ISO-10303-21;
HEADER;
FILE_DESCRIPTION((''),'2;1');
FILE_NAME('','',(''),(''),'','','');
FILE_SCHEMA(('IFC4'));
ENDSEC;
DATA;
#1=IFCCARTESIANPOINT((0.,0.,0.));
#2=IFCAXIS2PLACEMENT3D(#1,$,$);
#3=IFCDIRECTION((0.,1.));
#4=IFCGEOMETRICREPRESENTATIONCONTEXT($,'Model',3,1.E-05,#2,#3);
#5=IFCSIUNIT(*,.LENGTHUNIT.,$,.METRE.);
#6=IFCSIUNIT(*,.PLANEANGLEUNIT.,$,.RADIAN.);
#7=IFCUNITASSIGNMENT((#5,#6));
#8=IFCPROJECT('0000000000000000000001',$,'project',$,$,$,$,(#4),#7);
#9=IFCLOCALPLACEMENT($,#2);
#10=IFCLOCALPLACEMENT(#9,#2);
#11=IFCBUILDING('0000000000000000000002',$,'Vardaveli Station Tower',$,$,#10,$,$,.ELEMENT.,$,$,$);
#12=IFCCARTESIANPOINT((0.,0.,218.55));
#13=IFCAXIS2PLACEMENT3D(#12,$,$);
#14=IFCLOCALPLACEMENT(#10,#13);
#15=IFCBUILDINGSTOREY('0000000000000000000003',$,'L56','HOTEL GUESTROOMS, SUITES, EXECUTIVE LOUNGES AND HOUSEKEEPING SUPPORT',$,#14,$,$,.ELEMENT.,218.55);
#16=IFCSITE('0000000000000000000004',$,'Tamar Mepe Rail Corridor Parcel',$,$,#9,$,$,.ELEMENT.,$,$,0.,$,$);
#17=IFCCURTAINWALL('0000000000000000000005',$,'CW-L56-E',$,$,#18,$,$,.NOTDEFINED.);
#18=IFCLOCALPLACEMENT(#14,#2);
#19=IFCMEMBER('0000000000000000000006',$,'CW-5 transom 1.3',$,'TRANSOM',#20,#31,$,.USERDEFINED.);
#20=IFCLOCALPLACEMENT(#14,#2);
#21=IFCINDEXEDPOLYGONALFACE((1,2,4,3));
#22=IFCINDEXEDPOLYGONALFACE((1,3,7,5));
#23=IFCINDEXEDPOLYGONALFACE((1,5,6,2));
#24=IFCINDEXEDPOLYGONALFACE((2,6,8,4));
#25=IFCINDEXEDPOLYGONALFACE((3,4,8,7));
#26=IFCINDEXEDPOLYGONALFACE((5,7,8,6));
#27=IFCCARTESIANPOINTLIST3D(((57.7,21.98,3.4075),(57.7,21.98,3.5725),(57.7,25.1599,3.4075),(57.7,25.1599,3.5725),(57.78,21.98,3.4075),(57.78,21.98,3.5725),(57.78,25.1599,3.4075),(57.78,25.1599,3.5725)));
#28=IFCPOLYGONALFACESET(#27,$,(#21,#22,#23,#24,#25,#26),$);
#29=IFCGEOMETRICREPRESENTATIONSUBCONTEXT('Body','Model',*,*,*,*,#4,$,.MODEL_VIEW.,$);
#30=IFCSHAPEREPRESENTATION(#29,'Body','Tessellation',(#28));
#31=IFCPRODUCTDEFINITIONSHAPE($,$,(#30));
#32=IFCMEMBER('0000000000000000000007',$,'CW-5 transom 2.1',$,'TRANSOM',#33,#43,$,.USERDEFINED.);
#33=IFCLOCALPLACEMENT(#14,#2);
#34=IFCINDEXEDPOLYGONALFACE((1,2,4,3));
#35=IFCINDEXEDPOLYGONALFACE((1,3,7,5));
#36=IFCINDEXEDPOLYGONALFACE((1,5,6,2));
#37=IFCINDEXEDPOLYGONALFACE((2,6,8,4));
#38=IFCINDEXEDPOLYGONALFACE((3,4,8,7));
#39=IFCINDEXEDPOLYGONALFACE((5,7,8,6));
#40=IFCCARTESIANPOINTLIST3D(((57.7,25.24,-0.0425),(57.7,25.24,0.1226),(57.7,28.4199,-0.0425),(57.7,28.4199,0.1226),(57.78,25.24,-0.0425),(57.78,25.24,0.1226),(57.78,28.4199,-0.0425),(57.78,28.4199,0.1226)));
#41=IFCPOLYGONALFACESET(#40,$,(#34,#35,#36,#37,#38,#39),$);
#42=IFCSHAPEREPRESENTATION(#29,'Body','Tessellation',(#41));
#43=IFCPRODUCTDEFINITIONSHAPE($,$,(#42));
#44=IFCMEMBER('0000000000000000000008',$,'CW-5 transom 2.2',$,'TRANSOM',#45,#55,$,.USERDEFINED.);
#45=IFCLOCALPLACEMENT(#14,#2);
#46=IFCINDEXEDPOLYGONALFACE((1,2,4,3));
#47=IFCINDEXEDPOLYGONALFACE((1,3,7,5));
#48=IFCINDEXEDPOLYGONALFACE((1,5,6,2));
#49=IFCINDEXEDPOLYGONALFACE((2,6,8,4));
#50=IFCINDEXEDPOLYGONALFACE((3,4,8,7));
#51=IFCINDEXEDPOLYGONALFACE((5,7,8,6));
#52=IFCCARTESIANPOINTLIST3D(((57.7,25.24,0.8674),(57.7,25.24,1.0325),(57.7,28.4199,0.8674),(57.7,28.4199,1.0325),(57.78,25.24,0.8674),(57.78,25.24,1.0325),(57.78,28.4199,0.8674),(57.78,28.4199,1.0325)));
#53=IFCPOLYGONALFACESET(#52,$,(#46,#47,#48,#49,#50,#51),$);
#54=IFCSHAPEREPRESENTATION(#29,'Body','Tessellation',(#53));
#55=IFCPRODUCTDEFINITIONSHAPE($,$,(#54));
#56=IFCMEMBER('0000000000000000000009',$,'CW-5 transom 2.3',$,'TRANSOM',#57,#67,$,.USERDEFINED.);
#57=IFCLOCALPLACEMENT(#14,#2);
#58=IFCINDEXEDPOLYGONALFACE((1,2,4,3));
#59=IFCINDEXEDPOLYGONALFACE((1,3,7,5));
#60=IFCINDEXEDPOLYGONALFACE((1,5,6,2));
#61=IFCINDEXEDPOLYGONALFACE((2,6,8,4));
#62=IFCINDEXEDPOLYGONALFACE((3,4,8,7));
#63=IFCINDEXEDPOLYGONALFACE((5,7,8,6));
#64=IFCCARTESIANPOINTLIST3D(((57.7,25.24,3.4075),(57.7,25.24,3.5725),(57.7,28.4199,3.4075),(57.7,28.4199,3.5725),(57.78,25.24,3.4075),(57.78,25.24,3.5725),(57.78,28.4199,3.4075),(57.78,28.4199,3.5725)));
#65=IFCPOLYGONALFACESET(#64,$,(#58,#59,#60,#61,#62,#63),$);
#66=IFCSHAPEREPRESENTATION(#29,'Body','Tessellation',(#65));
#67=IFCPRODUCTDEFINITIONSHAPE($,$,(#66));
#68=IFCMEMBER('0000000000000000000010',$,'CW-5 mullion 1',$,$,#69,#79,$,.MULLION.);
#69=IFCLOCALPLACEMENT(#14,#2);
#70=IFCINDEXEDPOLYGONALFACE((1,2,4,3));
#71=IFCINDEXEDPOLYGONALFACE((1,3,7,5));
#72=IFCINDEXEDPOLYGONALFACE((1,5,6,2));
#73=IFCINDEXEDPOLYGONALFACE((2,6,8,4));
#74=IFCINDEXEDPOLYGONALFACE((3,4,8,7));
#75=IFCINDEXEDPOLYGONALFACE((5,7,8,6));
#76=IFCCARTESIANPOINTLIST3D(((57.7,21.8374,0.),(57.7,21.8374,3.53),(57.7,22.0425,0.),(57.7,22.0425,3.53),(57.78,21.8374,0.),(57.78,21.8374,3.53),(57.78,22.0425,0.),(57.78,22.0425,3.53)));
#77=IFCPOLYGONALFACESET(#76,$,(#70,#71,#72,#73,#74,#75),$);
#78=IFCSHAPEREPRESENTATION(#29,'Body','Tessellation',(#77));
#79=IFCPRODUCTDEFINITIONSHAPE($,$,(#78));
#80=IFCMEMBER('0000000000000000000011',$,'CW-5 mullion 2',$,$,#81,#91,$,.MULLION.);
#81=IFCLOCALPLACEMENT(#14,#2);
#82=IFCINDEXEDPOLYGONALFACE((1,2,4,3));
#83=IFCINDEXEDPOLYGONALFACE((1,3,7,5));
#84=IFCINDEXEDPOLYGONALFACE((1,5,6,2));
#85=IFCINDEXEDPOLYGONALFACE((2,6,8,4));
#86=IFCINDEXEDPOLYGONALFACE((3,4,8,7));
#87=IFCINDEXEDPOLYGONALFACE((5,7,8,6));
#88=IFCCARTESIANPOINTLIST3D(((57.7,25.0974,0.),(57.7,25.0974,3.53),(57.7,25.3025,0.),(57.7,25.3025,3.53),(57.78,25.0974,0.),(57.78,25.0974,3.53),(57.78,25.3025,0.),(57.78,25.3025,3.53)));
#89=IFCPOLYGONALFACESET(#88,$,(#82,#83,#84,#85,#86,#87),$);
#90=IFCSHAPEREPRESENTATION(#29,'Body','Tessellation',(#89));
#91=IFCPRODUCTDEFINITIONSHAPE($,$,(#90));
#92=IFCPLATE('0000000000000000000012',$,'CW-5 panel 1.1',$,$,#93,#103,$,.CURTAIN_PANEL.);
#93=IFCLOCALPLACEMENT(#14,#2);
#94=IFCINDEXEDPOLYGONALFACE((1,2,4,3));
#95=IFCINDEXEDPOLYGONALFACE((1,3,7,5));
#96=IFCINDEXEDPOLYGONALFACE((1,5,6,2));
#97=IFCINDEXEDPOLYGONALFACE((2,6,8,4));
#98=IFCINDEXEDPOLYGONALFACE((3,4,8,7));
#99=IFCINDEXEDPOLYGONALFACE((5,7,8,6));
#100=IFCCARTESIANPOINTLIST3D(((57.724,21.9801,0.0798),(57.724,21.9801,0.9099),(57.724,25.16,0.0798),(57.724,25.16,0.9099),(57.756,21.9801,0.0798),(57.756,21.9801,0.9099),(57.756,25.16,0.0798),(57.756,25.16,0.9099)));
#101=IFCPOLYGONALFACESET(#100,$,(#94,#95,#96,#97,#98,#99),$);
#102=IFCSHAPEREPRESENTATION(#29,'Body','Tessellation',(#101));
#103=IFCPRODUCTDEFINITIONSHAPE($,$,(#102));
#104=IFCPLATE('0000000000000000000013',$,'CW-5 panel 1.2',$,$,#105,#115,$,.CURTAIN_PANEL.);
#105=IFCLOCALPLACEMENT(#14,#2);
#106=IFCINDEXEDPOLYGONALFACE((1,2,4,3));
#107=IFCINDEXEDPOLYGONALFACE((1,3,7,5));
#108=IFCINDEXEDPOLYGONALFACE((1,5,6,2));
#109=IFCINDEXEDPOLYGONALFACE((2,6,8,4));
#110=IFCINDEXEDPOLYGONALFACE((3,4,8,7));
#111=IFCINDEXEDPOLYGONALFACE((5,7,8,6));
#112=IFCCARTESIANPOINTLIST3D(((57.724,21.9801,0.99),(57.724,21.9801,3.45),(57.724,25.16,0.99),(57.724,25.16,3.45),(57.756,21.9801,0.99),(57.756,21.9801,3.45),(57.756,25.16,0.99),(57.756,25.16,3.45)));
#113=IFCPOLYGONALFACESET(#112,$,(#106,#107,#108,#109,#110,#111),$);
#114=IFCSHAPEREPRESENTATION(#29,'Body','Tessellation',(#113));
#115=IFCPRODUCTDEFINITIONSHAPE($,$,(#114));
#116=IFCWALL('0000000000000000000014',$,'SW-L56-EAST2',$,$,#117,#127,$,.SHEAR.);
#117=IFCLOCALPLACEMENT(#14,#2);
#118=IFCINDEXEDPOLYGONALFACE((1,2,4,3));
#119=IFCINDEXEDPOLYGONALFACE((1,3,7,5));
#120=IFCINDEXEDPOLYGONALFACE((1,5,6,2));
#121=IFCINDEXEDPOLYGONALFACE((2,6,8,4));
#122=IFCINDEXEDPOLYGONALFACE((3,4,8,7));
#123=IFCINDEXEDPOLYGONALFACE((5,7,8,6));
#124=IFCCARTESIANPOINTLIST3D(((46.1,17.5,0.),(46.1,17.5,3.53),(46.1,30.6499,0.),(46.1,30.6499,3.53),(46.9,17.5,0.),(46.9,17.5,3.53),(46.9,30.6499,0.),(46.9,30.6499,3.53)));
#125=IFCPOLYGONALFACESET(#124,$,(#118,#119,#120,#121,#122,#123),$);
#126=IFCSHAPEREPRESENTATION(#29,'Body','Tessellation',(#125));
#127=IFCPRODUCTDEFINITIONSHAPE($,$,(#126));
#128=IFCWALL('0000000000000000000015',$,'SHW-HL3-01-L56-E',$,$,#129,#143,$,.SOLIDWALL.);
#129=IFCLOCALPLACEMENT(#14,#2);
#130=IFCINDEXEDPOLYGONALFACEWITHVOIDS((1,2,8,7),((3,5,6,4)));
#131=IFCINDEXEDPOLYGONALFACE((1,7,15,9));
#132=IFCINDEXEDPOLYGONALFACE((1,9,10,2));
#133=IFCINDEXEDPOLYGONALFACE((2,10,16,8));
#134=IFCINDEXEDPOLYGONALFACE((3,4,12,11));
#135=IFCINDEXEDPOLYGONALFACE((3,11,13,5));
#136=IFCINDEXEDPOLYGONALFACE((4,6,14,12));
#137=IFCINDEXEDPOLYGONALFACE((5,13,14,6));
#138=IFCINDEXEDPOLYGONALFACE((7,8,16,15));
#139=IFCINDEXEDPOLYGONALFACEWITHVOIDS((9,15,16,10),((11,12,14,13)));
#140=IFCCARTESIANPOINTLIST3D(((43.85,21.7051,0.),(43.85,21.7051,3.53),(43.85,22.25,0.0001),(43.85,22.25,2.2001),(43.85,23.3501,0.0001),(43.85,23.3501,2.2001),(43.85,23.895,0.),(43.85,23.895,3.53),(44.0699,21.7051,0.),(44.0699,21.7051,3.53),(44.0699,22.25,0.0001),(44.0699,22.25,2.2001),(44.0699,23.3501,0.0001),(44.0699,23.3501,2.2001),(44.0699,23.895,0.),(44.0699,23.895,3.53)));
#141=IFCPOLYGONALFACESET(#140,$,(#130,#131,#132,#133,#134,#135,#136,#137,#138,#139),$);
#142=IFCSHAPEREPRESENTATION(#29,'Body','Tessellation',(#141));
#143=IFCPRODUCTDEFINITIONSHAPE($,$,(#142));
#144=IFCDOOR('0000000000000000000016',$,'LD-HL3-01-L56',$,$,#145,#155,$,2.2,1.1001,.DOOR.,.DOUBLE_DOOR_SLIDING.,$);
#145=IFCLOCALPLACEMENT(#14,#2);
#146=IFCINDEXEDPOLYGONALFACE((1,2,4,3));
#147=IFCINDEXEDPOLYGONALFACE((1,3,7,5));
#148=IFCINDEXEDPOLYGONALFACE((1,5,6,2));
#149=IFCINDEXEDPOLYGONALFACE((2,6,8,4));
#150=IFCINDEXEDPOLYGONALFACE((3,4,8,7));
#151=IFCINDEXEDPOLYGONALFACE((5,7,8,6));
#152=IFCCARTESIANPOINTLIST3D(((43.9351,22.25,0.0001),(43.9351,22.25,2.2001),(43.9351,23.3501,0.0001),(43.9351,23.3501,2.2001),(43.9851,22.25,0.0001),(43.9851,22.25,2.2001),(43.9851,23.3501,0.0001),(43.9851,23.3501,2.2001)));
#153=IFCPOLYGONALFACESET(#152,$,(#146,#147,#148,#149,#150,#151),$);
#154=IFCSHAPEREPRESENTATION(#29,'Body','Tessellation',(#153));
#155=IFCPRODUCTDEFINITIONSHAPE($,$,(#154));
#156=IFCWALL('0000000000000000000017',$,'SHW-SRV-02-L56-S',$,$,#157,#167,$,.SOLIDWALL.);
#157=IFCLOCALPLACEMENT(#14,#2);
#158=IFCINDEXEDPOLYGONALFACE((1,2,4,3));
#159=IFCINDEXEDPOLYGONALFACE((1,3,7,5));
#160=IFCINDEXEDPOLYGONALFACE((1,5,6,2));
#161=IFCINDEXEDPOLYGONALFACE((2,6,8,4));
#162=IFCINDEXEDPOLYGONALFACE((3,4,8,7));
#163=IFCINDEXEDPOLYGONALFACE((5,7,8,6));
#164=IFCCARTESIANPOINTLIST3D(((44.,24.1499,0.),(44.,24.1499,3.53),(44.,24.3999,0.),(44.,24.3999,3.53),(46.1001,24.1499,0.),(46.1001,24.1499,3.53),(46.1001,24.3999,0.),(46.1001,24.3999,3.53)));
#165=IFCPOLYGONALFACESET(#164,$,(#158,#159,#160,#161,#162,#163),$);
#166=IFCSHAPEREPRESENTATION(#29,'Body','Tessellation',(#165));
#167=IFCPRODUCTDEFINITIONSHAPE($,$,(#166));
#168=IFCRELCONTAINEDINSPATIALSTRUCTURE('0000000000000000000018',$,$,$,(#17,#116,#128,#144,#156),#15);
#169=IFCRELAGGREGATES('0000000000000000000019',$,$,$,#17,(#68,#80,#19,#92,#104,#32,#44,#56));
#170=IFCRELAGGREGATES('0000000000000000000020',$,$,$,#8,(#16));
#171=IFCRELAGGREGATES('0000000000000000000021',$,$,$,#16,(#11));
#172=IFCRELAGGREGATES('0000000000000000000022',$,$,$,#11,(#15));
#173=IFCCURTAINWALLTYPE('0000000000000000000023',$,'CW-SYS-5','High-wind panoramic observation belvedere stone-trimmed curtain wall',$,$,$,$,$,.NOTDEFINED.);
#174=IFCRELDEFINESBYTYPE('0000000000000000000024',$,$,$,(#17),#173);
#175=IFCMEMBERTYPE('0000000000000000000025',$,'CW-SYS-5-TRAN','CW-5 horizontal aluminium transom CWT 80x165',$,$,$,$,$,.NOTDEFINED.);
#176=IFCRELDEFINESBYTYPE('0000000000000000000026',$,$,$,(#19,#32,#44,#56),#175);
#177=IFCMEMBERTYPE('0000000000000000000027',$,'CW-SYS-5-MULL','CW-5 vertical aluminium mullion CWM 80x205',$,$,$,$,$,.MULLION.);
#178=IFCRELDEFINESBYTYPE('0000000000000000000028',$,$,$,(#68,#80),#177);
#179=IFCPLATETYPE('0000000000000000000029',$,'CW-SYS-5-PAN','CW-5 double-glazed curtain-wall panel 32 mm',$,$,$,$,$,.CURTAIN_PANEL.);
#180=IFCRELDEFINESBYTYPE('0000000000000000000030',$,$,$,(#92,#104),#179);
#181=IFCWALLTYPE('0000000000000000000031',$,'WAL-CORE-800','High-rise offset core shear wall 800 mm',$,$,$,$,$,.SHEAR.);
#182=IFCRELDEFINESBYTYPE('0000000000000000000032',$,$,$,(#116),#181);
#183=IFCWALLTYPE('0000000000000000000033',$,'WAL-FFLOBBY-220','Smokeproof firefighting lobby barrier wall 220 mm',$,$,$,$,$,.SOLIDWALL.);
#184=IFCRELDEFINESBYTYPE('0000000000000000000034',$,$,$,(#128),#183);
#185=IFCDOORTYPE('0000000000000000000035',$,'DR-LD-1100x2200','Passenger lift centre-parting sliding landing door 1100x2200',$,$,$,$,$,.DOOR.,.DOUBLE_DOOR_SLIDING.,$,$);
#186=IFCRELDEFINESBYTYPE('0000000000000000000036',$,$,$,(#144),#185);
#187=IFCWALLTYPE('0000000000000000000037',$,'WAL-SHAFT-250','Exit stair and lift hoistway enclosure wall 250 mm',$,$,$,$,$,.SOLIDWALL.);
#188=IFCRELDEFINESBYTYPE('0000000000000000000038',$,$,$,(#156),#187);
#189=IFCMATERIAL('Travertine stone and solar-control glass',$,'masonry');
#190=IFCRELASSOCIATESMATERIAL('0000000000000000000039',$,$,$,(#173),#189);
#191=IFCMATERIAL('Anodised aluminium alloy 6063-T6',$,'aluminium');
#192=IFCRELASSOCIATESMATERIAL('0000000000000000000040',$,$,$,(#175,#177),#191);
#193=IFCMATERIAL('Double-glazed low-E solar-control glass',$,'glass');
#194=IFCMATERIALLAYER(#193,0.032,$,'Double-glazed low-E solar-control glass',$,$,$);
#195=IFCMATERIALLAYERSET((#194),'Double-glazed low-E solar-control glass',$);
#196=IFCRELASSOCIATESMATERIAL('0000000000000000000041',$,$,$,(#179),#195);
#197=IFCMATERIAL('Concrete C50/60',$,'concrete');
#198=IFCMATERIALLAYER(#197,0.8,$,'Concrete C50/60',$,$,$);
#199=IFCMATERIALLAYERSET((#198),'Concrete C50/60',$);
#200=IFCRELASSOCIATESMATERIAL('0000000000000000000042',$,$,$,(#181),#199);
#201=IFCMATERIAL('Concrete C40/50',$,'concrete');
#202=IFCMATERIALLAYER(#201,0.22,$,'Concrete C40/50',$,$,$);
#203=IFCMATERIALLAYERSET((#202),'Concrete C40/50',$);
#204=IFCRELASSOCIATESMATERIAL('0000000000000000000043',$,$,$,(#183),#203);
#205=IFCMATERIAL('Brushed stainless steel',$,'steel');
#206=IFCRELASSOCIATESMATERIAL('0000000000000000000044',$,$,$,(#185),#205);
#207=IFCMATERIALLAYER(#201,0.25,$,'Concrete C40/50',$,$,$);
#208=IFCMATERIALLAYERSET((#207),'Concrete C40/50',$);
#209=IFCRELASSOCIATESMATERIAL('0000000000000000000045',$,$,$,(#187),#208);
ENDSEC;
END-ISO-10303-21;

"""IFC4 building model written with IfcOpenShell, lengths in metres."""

from ifc_helpers import new_model, si_unit, direction, frame, frame_2d, origin, origin_2d, place, context, subcontext, project, spatial, rectangle, extrude, source, transform, mapped, material, layer, layer_set, material_profile, profile_set, type_object, element, fill, aggregate, save


model = new_model("IFC4")

# Units and contexts
model_context = context("Model", 3, precision=1e-05, world=origin(), true_north=direction((0.0, 1.0)))
body_context = subcontext(model_context, "Body", "Model", "MODEL_VIEW")
ifc_project = project(units=[si_unit("LENGTHUNIT", "METRE"), si_unit("PLANEANGLEUNIT", "RADIAN")], contexts=[model_context])

# Site, building, storey
site_placement = place(None, origin())
site = spatial("IfcSite", under=ifc_project, at=site_placement, Name="Tamar Mepe Rail Corridor Parcel", CompositionType="ELEMENT", RefElevation=0.0)
building_placement = place(site_placement, origin())
building = spatial("IfcBuilding", under=site, at=building_placement, Name="Vardaveli Station Tower", CompositionType="ELEMENT")
storey_placement = place(building_placement, frame((0.0, 0.0, 218.55)))
storey = spatial("IfcBuildingStorey", under=building, at=storey_placement, Name="L56", Description="HOTEL GUESTROOMS, SUITES, EXECUTIVE LOUNGES AND HOUSEKEEPING SUPPORT", CompositionType="ELEMENT", Elevation=218.55)

# Curtain wall, members, plates
ifc_material_1 = material(Name="Travertine stone and solar-control glass", Category="masonry")
curtain_wall_type = type_object("IfcCurtainWallType", Name="CW-SYS-5", Description="High-wind panoramic observation belvedere stone-trimmed curtain wall", PredefinedType="NOTDEFINED", material=ifc_material_1)
curtain_wall_placement = place(storey_placement, origin())
curtain_wall = element("IfcCurtainWall", 1, at=curtain_wall_placement, inside=storey, type_object=curtain_wall_type, Name="CW-L56-E", PredefinedType="NOTDEFINED")
ifc_material_2 = material(Name="Anodised aluminium alloy 6063-T6", Category="aluminium")
ifc_material_profile_1 = material_profile(ifc_material_2, rectangle(XDim=0.0801, YDim=0.165, at=origin_2d()), Name="CWT 80x165")
ifc_profile_set_1 = profile_set([ifc_material_profile_1], Name="Anodised aluminium alloy 6063-T6")
member_type_1 = type_object("IfcMemberType", Name="CW-SYS-5-TRAN", Description="CW-5 horizontal aluminium transom CWT 80x165", PredefinedType="NOTDEFINED", material=ifc_profile_set_1)
shared_shape_1 = source(origin(), body_context, "Body", "SweptSolid", [
    extrude(rectangle(XDim=0.0801, YDim=0.165, at=origin_2d()), origin(), (0.0, 0.0, 1.0), 3.1799),
])
member_1_placement = place(storey_placement, frame((57.74, 21.98, 3.49), z_axis=(0.0, 1.0, 0.0), x_axis=(-1.0, 0.0, 0.0)))
member_1 = element("IfcMember", 2, at=member_1_placement, type_object=member_type_1, Name="CW-5 transom 1.3", ObjectType="TRANSOM", PredefinedType="USERDEFINED", context=body_context, shape_type="MappedRepresentation", body=[
    mapped(shared_shape_1, transform((0.0, 0.0, 0.0), scale=1.0)),
])
member_2_placement = place(storey_placement, frame((57.74, 25.24, 0.04), z_axis=(0.0, 1.0, 0.0), x_axis=(-1.0, 0.0, 0.0)))
member_2 = element("IfcMember", 3, at=member_2_placement, type_object=member_type_1, Name="CW-5 transom 2.1", ObjectType="TRANSOM", PredefinedType="USERDEFINED", context=body_context, shape_type="MappedRepresentation", body=[
    mapped(shared_shape_1, transform((0.0, 0.0, 0.0), scale=1.0)),
])
member_3_placement = place(storey_placement, frame((57.74, 25.24, 0.95), z_axis=(0.0, 1.0, 0.0), x_axis=(-1.0, 0.0, 0.0)))
member_3 = element("IfcMember", 4, at=member_3_placement, type_object=member_type_1, Name="CW-5 transom 2.2", ObjectType="TRANSOM", PredefinedType="USERDEFINED", context=body_context, shape_type="MappedRepresentation", body=[
    mapped(shared_shape_1, transform((0.0, 0.0, 0.0), scale=1.0)),
])
member_4_placement = place(storey_placement, frame((57.74, 25.24, 3.49), z_axis=(0.0, 1.0, 0.0), x_axis=(-1.0, 0.0, 0.0)))
member_4 = element("IfcMember", 5, at=member_4_placement, type_object=member_type_1, Name="CW-5 transom 2.3", ObjectType="TRANSOM", PredefinedType="USERDEFINED", context=body_context, shape_type="MappedRepresentation", body=[
    mapped(shared_shape_1, transform((0.0, 0.0, 0.0), scale=1.0)),
])
ifc_material_profile_2 = material_profile(ifc_material_2, rectangle(XDim=0.0801, YDim=0.2051, at=origin_2d()), Name="CWM 80x205")
ifc_profile_set_2 = profile_set([ifc_material_profile_2], Name="Anodised aluminium alloy 6063-T6")
member_type_2 = type_object("IfcMemberType", Name="CW-SYS-5-MULL", Description="CW-5 vertical aluminium mullion CWM 80x205", PredefinedType="MULLION", material=ifc_profile_set_2)
shared_shape_2 = source(origin(), body_context, "Body", "SweptSolid", [
    extrude(rectangle(XDim=0.0801, YDim=0.2051, at=origin_2d()), origin(), (0.0, 0.0, 1.0), 3.53),
])
member_5_placement = place(storey_placement, frame((57.74, 21.9399, 0.0), z_axis=(0.0, 0.0, 1.0), x_axis=(-1.0, 0.0, 0.0)))
member_5 = element("IfcMember", 6, at=member_5_placement, type_object=member_type_2, Name="CW-5 mullion 1", PredefinedType="MULLION", context=body_context, shape_type="MappedRepresentation", body=[
    mapped(shared_shape_2, transform((0.0, 0.0, 0.0), scale=1.0)),
])
member_6_placement = place(storey_placement, frame((57.74, 25.2, 0.0), z_axis=(0.0, 0.0, 1.0), x_axis=(-1.0, 0.0, 0.0)))
member_6 = element("IfcMember", 7, at=member_6_placement, type_object=member_type_2, Name="CW-5 mullion 2", PredefinedType="MULLION", context=body_context, shape_type="MappedRepresentation", body=[
    mapped(shared_shape_2, transform((0.0, 0.0, 0.0), scale=1.0)),
])
ifc_material_3 = material(Name="Double-glazed low-E solar-control glass", Category="glass")
ifc_layer_1 = layer(ifc_material_3, 0.032, Name="Double-glazed low-E solar-control glass")
ifc_layer_set_1 = layer_set([ifc_layer_1], Name="Double-glazed low-E solar-control glass")
plate_type = type_object("IfcPlateType", Name="CW-SYS-5-PAN", Description="CW-5 double-glazed curtain-wall panel 32 mm", PredefinedType="CURTAIN_PANEL", material=ifc_layer_set_1)
shared_shape_3 = source(origin(), body_context, "Body", "SweptSolid", [
    extrude(rectangle(XDim=3.1799, YDim=0.032, at=origin_2d()), origin(), (0.0, 0.0, 1.0), 0.8301),
])
plate_1_placement = place(storey_placement, frame((57.74, 23.5701, 0.0798), z_axis=(0.0, 0.0, 1.0), x_axis=(0.0, 1.0, 0.0)))
plate_1 = element("IfcPlate", 8, at=plate_1_placement, type_object=plate_type, Name="CW-5 panel 1.1", PredefinedType="CURTAIN_PANEL", context=body_context, shape_type="MappedRepresentation", body=[
    mapped(shared_shape_3, transform((0.0, 0.0, 0.0), scale=1.0)),
])
shared_shape_4 = source(origin(), body_context, "Body", "SweptSolid", [
    extrude(rectangle(XDim=3.1799, YDim=0.032, at=origin_2d()), origin(), (0.0, 0.0, 1.0), 2.46),
])
plate_2_placement = place(storey_placement, frame((57.74, 23.5701, 0.99), z_axis=(0.0, 0.0, 1.0), x_axis=(0.0, 1.0, 0.0)))
plate_2 = element("IfcPlate", 9, at=plate_2_placement, type_object=plate_type, Name="CW-5 panel 1.2", PredefinedType="CURTAIN_PANEL", context=body_context, shape_type="MappedRepresentation", body=[
    mapped(shared_shape_4, transform((0.0, 0.0, 0.0), scale=1.0)),
])
aggregate(curtain_wall, [member_5, member_6, member_1, plate_1, plate_2, member_2, member_3, member_4])

# Wall
ifc_material_4 = material(Name="Concrete C50/60", Category="concrete")
ifc_layer_2 = layer(ifc_material_4, 0.8, Name="Concrete C50/60")
ifc_layer_set_2 = layer_set([ifc_layer_2], Name="Concrete C50/60")
wall_type_1 = type_object("IfcWallType", Name="WAL-CORE-800", Description="High-rise offset core shear wall 800 mm", PredefinedType="SHEAR", material=ifc_layer_set_2)
shared_shape_5 = source(origin(), body_context, "Body", "SweptSolid", [
    extrude(rectangle(XDim=13.1499, YDim=0.8, at=frame_2d((6.575, 0.0))), origin(), (0.0, 0.0, 1.0), 3.53),
])
wall_1_placement = place(storey_placement, frame((46.5, 17.5, 0.0), z_axis=(0.0, 0.0, 1.0), x_axis=(0.0, 1.0, 0.0)))
element("IfcWall", 10, at=wall_1_placement, inside=storey, type_object=wall_type_1, Name="SW-L56-EAST2", PredefinedType="SHEAR", context=body_context, shape_type="MappedRepresentation", body=[
    mapped(shared_shape_5, transform((0.0, 0.0, 0.0), scale=1.0)),
])

# Wall, opening, door
ifc_material_5 = material(Name="Concrete C40/50", Category="concrete")
ifc_layer_3 = layer(ifc_material_5, 0.22, Name="Concrete C40/50")
ifc_layer_set_3 = layer_set([ifc_layer_3], Name="Concrete C40/50")
wall_type_2 = type_object("IfcWallType", Name="WAL-FFLOBBY-220", Description="Smokeproof firefighting lobby barrier wall 220 mm", PredefinedType="SOLIDWALL", material=ifc_layer_set_3)
shared_shape_6 = source(origin(), body_context, "Body", "SweptSolid", [
    extrude(rectangle(XDim=2.1899, YDim=0.22, at=frame_2d((1.095, 0.0))), origin(), (0.0, 0.0, 1.0), 3.53),
])
wall_2_placement = place(storey_placement, frame((43.96, 21.7051, 0.0), z_axis=(0.0, 0.0, 1.0), x_axis=(0.0, 1.0, 0.0)))
wall_2 = element("IfcWall", 11, at=wall_2_placement, inside=storey, type_object=wall_type_2, Name="SHW-HL3-01-L56-E", PredefinedType="SOLIDWALL", context=body_context, shape_type="MappedRepresentation", body=[
    mapped(shared_shape_6, transform((0.0, 0.0, 0.0), scale=1.0)),
])
shared_shape_7 = source(origin(), body_context, "Body", "SweptSolid", [
    extrude(rectangle(XDim=1.1001, YDim=2.2, at=frame_2d((0.55, 1.1001))), frame((0.0, 0.1201, 0.0), z_axis=(0.0, -1.0, 0.0), x_axis=(1.0, 0.0, 0.0)), (0.0, 0.0, 1.0), 0.24),
])
opening_1_placement = place(wall_2_placement, frame((0.5449, 0.0, 0.0)))
opening_1 = element("IfcOpeningElement", 12, at=opening_1_placement, cuts=wall_2, PredefinedType="OPENING", context=body_context, shape_type="MappedRepresentation", body=[
    mapped(shared_shape_7, transform((0.0, 0.0, 0.0), scale=1.0)),
])
ifc_material_6 = material(Name="Brushed stainless steel", Category="steel")
door_type_1 = type_object("IfcDoorType", Name="DR-LD-1100x2200", Description="Passenger lift centre-parting sliding landing door 1100x2200", OperationType="DOUBLE_DOOR_SLIDING", PredefinedType="DOOR", material=ifc_material_6)
shared_shape_8 = source(origin(), body_context, "Body", "SweptSolid", [
    extrude(rectangle(XDim=1.1001, YDim=2.2, at=frame_2d((0.55, 1.1001))), frame((0.0, 0.0249, 0.0), z_axis=(0.0, -1.0, 0.0), x_axis=(1.0, 0.0, 0.0)), (0.0, 0.0, 1.0), 0.05),
])
door_1_placement = place(opening_1_placement, origin())
door_1 = element("IfcDoor", 13, at=door_1_placement, inside=storey, type_object=door_type_1, Name="LD-HL3-01-L56", OperationType="DOUBLE_DOOR_SLIDING", OverallHeight=2.2, OverallWidth=1.1001, PredefinedType="DOOR", context=body_context, shape_type="MappedRepresentation", body=[
    mapped(shared_shape_8, transform((0.0, 0.0, 0.0), scale=1.0)),
])
fill(opening_1, door_1)

# Wall
ifc_layer_4 = layer(ifc_material_5, 0.25, Name="Concrete C40/50")
ifc_layer_set_4 = layer_set([ifc_layer_4], Name="Concrete C40/50")
wall_type_3 = type_object("IfcWallType", Name="WAL-SHAFT-250", Description="Exit stair and lift hoistway enclosure wall 250 mm", PredefinedType="SOLIDWALL", material=ifc_layer_set_4)
shared_shape_9 = source(origin(), body_context, "Body", "SweptSolid", [
    extrude(rectangle(XDim=2.1001, YDim=0.25, at=frame_2d((1.05, 0.0))), origin(), (0.0, 0.0, 1.0), 3.53),
])
wall_3_placement = place(storey_placement, frame((44.0, 24.2749, 0.0), z_axis=(0.0, 0.0, 1.0), x_axis=(1.0, 0.0, 0.0)))
element("IfcWall", 14, at=wall_3_placement, inside=storey, type_object=wall_type_3, Name="SHW-SRV-02-L56-S", PredefinedType="SOLIDWALL", context=body_context, shape_type="MappedRepresentation", body=[
    mapped(shared_shape_9, transform((0.0, 0.0, 0.0), scale=1.0)),
])

save(model, "model.ifc")
